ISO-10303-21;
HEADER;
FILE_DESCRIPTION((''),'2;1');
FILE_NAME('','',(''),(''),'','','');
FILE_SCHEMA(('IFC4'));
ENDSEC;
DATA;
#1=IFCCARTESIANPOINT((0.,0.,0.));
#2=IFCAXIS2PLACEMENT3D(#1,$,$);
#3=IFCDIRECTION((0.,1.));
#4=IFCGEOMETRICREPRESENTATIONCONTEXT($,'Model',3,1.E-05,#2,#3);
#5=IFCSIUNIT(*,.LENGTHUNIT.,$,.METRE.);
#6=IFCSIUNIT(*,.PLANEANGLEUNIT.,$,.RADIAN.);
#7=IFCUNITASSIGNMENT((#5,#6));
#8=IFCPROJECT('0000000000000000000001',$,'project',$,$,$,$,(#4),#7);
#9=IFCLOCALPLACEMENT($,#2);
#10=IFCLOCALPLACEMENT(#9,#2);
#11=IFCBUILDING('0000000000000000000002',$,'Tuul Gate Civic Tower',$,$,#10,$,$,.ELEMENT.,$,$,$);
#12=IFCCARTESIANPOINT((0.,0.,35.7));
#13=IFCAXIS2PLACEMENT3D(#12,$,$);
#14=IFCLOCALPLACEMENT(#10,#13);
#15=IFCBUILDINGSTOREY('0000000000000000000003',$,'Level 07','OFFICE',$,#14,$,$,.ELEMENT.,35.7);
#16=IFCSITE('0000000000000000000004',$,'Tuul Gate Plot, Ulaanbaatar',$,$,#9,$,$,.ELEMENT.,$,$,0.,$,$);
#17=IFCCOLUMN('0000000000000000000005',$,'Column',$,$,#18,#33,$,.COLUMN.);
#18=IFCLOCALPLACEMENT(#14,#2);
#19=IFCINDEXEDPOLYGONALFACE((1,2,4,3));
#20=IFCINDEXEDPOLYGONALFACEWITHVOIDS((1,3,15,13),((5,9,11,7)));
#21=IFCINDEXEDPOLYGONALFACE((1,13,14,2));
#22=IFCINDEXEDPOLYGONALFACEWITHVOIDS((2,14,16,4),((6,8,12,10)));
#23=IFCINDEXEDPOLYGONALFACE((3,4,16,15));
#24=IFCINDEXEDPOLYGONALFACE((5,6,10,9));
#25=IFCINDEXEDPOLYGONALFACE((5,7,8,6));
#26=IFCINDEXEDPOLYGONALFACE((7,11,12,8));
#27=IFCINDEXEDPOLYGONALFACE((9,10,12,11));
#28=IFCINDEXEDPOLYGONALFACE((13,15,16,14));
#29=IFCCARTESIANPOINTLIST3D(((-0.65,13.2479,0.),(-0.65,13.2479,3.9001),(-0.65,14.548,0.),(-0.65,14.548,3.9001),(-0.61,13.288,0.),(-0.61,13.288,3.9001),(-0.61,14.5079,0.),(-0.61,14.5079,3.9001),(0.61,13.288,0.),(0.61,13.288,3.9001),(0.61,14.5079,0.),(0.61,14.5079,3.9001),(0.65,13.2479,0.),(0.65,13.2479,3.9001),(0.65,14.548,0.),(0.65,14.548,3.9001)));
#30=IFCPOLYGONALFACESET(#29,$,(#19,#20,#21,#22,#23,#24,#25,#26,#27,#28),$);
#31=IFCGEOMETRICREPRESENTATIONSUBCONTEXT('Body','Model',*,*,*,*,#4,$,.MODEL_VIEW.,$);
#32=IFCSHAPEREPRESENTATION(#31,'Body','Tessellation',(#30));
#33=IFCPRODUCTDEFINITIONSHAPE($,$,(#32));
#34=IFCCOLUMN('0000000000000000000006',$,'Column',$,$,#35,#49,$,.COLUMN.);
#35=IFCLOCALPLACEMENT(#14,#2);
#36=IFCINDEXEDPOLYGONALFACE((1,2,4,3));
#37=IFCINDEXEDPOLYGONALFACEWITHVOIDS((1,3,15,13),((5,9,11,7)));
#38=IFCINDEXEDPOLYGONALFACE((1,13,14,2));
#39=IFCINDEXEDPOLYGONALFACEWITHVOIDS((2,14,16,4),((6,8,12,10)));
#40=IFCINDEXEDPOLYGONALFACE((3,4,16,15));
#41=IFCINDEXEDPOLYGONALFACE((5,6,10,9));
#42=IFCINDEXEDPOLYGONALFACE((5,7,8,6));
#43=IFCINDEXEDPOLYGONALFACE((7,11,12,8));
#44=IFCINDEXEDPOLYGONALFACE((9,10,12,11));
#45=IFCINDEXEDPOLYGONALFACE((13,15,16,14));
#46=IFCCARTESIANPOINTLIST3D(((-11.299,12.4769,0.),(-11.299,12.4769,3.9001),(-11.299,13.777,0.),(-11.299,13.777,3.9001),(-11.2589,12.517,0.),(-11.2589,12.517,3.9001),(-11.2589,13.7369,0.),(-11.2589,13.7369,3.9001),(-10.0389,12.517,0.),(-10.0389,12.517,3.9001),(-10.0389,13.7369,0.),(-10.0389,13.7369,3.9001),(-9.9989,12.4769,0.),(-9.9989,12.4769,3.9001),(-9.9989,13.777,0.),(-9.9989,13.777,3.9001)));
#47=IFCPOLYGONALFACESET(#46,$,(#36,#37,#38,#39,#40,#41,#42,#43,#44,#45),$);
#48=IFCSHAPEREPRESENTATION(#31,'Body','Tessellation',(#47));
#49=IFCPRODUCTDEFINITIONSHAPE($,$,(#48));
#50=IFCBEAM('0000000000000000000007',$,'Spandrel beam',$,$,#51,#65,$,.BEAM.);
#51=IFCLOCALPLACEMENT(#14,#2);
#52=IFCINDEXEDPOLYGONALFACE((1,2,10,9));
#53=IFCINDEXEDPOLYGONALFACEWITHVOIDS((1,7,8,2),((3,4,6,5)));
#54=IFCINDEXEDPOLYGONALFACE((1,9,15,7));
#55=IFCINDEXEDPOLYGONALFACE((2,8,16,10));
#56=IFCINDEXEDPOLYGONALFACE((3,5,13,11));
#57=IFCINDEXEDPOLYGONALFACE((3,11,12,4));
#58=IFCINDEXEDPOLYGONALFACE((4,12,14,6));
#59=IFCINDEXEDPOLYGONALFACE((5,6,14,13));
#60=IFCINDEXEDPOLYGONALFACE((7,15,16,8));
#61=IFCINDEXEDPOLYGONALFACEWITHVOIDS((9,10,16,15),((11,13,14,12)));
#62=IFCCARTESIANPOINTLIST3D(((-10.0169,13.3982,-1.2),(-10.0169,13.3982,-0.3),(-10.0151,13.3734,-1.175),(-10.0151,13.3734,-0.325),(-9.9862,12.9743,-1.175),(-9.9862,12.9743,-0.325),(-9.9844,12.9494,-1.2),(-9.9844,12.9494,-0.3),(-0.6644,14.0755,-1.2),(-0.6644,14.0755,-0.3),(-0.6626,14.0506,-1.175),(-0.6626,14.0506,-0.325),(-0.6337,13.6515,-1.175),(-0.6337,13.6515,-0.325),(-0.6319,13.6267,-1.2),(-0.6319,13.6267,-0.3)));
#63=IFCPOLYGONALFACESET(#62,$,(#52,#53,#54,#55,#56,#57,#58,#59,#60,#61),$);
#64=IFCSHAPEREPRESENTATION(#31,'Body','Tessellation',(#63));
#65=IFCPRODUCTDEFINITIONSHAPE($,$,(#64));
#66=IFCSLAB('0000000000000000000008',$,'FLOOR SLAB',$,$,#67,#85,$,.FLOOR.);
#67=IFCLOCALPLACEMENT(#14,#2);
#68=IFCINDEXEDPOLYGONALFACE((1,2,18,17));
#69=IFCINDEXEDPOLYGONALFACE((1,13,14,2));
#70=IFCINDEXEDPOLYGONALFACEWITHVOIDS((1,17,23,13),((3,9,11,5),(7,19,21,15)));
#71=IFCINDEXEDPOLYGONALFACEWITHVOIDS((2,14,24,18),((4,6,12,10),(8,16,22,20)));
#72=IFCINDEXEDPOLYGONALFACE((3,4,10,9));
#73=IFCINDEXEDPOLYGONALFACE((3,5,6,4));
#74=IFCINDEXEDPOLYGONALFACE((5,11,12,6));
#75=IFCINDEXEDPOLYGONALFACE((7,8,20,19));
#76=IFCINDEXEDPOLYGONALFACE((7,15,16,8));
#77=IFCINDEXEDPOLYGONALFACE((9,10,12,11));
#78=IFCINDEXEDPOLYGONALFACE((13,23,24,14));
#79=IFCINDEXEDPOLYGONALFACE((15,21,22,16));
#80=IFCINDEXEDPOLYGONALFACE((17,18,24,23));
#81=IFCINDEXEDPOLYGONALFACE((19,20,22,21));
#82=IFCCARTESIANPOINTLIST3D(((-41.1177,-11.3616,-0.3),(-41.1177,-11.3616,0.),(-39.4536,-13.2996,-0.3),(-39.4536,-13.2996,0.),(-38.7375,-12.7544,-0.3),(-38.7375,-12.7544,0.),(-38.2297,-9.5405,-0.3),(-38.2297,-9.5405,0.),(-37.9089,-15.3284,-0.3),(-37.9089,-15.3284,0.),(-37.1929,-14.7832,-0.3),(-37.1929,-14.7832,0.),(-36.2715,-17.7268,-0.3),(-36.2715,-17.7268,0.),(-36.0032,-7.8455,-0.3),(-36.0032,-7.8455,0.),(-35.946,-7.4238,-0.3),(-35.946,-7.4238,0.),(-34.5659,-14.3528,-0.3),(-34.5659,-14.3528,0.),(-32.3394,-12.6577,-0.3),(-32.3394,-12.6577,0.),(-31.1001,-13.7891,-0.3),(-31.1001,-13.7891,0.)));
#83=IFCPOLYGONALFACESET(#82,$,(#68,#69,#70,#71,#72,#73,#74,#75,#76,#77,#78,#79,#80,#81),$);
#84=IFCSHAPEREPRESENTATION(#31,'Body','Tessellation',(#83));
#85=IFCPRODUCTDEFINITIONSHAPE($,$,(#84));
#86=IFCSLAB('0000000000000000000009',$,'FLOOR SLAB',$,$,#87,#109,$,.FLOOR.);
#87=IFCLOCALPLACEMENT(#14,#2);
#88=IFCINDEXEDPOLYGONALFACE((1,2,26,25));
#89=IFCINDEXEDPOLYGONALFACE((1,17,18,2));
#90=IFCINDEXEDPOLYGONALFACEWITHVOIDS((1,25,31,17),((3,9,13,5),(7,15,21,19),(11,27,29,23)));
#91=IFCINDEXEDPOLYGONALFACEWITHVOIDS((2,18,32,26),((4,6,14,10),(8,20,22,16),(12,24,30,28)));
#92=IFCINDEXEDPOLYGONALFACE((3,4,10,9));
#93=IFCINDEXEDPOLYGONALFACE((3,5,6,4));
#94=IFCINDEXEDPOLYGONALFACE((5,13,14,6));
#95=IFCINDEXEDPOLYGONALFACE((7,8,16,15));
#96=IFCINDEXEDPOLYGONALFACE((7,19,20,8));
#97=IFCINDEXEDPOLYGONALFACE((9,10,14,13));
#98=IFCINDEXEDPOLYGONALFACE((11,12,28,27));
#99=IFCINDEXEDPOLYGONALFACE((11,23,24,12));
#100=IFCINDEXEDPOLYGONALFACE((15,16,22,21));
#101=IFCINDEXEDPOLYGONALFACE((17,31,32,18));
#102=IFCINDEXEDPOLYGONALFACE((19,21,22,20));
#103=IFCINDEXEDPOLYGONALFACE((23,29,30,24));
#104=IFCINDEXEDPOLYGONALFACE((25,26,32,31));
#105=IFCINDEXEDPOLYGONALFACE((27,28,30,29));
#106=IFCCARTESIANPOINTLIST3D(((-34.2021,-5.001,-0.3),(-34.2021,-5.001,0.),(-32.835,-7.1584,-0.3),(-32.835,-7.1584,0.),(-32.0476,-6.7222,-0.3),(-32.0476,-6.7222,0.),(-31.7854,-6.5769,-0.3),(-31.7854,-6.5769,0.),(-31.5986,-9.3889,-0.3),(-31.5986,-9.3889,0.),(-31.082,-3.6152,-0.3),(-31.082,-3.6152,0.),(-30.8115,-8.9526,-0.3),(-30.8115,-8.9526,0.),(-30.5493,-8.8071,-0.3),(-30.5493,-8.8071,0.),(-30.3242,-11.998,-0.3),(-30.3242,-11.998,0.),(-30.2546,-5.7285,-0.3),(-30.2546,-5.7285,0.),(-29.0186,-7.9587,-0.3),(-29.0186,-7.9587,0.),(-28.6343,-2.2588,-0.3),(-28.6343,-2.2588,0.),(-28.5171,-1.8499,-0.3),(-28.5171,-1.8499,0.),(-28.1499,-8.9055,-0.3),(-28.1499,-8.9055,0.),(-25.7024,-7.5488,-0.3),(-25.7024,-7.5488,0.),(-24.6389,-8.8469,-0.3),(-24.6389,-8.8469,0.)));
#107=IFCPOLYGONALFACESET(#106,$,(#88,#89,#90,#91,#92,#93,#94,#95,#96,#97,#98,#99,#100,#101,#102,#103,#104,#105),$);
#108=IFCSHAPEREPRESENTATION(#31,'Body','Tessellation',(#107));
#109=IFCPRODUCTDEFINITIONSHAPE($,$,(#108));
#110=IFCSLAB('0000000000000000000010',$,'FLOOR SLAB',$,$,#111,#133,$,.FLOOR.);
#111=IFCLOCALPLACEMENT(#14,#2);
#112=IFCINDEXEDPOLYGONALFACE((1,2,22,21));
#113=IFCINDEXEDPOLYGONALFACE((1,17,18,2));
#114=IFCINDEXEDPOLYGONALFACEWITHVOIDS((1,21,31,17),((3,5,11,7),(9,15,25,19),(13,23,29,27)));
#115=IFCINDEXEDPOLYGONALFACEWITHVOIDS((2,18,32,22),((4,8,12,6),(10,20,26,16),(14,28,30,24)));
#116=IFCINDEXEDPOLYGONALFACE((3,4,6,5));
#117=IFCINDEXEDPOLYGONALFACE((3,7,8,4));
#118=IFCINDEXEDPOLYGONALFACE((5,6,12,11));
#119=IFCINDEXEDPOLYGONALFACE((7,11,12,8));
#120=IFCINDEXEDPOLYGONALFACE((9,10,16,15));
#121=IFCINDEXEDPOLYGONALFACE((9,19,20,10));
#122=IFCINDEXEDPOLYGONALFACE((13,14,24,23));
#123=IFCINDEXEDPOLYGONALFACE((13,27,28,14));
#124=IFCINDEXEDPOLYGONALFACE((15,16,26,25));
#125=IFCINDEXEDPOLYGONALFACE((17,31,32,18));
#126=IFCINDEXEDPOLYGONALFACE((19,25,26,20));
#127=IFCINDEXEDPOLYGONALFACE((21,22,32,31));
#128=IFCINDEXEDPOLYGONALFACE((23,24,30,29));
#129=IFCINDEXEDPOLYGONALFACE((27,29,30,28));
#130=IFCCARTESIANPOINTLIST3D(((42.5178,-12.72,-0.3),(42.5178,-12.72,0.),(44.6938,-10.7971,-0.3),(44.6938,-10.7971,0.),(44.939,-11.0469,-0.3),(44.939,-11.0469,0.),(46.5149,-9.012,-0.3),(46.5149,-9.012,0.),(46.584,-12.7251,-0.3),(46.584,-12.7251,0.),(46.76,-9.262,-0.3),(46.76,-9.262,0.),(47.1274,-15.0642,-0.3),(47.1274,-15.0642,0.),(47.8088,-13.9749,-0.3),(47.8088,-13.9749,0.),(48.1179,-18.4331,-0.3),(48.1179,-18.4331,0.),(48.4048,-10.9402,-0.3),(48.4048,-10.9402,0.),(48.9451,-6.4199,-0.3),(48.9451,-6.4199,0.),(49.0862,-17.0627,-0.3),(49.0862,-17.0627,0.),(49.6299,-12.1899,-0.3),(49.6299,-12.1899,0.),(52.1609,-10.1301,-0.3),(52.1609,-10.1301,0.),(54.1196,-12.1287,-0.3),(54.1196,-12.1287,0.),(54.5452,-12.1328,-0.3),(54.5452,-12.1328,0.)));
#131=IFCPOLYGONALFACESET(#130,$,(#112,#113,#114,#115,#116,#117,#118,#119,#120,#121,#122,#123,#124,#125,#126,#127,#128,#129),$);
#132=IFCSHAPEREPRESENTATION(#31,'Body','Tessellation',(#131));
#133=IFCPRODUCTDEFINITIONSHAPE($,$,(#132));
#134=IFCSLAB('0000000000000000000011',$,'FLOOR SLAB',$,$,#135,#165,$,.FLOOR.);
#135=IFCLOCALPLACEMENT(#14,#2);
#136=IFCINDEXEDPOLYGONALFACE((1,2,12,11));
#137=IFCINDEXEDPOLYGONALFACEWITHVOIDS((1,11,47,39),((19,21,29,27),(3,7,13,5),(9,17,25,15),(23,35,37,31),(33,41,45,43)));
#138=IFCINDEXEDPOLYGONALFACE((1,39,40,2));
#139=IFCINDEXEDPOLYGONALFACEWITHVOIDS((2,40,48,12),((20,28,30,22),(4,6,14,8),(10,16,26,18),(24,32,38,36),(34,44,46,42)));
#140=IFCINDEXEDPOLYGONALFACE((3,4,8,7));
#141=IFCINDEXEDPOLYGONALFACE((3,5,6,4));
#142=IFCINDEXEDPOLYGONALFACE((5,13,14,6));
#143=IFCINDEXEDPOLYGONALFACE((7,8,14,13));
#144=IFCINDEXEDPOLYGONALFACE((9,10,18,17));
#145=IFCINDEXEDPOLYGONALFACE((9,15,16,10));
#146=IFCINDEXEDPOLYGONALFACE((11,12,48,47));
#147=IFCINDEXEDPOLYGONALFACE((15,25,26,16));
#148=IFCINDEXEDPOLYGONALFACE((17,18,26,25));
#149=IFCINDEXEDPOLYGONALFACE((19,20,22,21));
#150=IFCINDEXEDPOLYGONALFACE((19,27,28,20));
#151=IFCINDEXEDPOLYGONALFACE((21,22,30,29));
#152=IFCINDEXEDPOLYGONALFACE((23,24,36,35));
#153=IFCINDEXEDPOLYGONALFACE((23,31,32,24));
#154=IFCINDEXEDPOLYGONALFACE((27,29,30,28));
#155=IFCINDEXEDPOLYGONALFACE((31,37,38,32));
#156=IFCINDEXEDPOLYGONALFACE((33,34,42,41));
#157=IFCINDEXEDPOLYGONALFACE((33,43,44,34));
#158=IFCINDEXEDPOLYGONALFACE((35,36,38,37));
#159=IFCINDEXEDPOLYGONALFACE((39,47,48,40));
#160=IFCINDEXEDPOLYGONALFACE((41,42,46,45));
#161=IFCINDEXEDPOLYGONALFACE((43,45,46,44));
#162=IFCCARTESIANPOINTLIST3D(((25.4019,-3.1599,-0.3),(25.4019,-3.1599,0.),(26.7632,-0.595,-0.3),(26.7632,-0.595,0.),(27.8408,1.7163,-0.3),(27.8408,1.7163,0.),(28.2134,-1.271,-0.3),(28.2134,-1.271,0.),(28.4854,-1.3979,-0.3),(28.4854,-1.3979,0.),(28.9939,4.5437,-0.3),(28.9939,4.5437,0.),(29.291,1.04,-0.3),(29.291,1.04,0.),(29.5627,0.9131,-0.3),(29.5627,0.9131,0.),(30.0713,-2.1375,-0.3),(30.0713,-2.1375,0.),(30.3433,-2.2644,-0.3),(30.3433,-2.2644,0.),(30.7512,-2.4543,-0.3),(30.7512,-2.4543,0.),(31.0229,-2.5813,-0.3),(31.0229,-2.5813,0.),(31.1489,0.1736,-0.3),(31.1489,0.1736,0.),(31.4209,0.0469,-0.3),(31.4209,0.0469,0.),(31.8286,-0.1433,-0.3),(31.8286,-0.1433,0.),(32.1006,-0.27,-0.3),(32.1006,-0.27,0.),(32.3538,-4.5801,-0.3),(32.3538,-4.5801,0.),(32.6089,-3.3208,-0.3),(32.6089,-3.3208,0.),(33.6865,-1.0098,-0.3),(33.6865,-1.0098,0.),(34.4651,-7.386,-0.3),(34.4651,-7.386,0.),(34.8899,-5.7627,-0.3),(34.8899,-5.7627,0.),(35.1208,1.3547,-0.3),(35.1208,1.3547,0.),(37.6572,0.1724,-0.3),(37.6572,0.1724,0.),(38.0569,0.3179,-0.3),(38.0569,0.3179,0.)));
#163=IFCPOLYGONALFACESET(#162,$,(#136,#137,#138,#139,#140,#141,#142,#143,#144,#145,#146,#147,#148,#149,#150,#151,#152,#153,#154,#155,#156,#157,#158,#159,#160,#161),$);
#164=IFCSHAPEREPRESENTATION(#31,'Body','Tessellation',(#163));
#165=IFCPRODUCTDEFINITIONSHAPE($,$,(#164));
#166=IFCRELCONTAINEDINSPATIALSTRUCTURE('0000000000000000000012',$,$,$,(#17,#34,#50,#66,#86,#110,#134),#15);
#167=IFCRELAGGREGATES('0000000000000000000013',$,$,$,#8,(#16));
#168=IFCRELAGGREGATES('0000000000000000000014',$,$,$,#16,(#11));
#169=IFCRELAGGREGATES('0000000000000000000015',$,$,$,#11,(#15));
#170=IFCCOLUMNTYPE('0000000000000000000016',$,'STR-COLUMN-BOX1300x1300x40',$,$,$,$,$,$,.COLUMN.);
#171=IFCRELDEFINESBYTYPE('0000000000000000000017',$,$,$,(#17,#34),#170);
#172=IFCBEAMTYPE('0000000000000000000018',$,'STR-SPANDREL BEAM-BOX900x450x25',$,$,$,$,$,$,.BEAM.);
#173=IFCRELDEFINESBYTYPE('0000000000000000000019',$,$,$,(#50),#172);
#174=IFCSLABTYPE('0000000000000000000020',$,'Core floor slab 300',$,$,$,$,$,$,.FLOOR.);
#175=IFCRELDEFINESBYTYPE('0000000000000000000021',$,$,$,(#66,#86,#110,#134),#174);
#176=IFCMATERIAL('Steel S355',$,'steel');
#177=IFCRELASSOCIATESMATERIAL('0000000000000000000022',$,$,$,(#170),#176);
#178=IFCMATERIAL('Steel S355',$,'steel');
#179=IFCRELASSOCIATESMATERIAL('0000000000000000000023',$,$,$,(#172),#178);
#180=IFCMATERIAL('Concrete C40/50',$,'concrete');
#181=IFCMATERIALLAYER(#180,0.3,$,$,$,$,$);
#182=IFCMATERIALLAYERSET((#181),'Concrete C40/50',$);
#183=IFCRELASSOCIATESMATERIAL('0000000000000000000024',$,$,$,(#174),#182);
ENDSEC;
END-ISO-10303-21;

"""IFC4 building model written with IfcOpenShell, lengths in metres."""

from ifc_helpers import new_model, si_unit, direction, frame, origin, origin_2d, place, context, subcontext, project, spatial, polyline, hollow_rectangle, outline, extrude, material, layer, layer_set, material_profile, profile_set, type_object, element, save


model = new_model("IFC4")

# Units and contexts
model_context = context("Model", 3, precision=1e-05, world=origin(), true_north=direction((0.0, 1.0)))
body_context = subcontext(model_context, "Body", "Model", "MODEL_VIEW")
ifc_project = project(units=[si_unit("LENGTHUNIT", "METRE"), si_unit("PLANEANGLEUNIT", "RADIAN")], contexts=[model_context])

# Site, building, storey
site_placement = place(None, origin())
site = spatial("IfcSite", under=ifc_project, at=site_placement, Name="Tuul Gate Plot, Ulaanbaatar", CompositionType="ELEMENT", RefElevation=0.0)
building_placement = place(site_placement, origin())
building = spatial("IfcBuilding", under=site, at=building_placement, Name="Tuul Gate Civic Tower", CompositionType="ELEMENT")
storey_placement = place(building_placement, frame((0.0, 0.0, 35.7)))
storey = spatial("IfcBuildingStorey", under=building, at=storey_placement, Name="Level 07", Description="OFFICE", CompositionType="ELEMENT", Elevation=35.7)

# Columns
ifc_material_1 = material(Name="Steel S355", Category="steel")
ifc_material_profile_1 = material_profile(ifc_material_1, hollow_rectangle(XDim=1.3, YDim=1.3, WallThickness=0.04, at=origin_2d()), Name="BOX1300x1300x40")
ifc_profile_set_1 = profile_set([ifc_material_profile_1], Name="Steel S355")
column_type = type_object("IfcColumnType", Name="STR-COLUMN-BOX1300x1300x40", PredefinedType="COLUMN", material=ifc_profile_set_1)
for number, where, z_axis, x_axis, name in (
    (1, (0.0, 13.8979, 0.0), (0.0, 0.0, 1.0), (1.0, 0.0, 0.0), "Column"),
    (2, (-10.6489, 13.127, 0.0), (0.0, 0.0, 1.0), (1.0, 0.0, 0.0), "Column"),
):
    element("IfcColumn", number, at=place(storey_placement, frame(where, z_axis=z_axis, x_axis=x_axis)), inside=storey, type_object=column_type, Name=name, PredefinedType="COLUMN", context=body_context, shape_type="SweptSolid", body=[
        extrude(hollow_rectangle(XDim=1.3, YDim=1.3, WallThickness=0.04, at=origin_2d()), origin(), (0.0, 0.0, 1.0), 3.9001),
    ])

# Beam
ifc_material_2 = material(Name="Steel S355", Category="steel")
ifc_material_profile_2 = material_profile(ifc_material_2, hollow_rectangle(XDim=0.45, YDim=0.8999, WallThickness=0.0249, at=origin_2d()), Name="BOX900x450x25")
ifc_profile_set_2 = profile_set([ifc_material_profile_2], Name="Steel S355")
beam_type = type_object("IfcBeamType", Name="STR-SPANDREL BEAM-BOX900x450x25", PredefinedType="BEAM", material=ifc_profile_set_2)
beam_placement = place(storey_placement, frame((-0.6482, 13.8511, -0.75), z_axis=(-0.997388, -0.072224, 0.0), x_axis=(0.072224, -0.997388, 0.0)))
element("IfcBeam", 3, at=beam_placement, inside=storey, type_object=beam_type, Name="Spandrel beam", PredefinedType="BEAM", context=body_context, shape_type="SweptSolid", body=[
    extrude(hollow_rectangle(XDim=0.45, YDim=0.8999, WallThickness=0.0249, at=origin_2d()), origin(), (0.0, 0.0, 1.0), 9.377),
])

# Slabs
ifc_material_3 = material(Name="Concrete C40/50", Category="concrete")
ifc_layer_1 = layer(ifc_material_3, 0.3)
ifc_layer_set_1 = layer_set([ifc_layer_1], Name="Concrete C40/50")
slab_type_1 = type_object("IfcSlabType", Name="Core floor slab 300", PredefinedType="FLOOR", material=ifc_layer_set_1)
slab_1_placement = place(storey_placement, frame((0.0, 0.0, -0.3)))
element("IfcSlab", 4, at=slab_1_placement, inside=storey, type_object=slab_type_1, Name="FLOOR SLAB", PredefinedType="FLOOR", context=body_context, shape_type="SweptSolid", body=[
    extrude(outline(polyline([(-31.1001, -13.7891), (-35.946, -7.4238), (-41.1177, -11.3616), (-36.2715, -17.7268), (-31.1001, -13.7891)]), holes=[polyline([(-37.1929, -14.7832), (-38.7375, -12.7544), (-39.4536, -13.2996), (-37.9089, -15.3284), (-37.1929, -14.7832)]), polyline([(-32.3394, -12.6577), (-34.5659, -14.3528), (-38.2297, -9.5405), (-36.0032, -7.8455), (-32.3394, -12.6577)])]), origin(), (0.0, 0.0, 1.0), 0.3),
])
slab_2_placement = place(storey_placement, frame((0.0, 0.0, -0.3)))
element("IfcSlab", 5, at=slab_2_placement, inside=storey, type_object=slab_type_1, Name="FLOOR SLAB", PredefinedType="FLOOR", context=body_context, shape_type="SweptSolid", body=[
    extrude(outline(polyline([(-24.6389, -8.8469), (-28.5171, -1.8499), (-34.2021, -5.001), (-30.3242, -11.998), (-24.6389, -8.8469)]), holes=[polyline([(-29.0186, -7.9587), (-30.2546, -5.7285), (-31.7854, -6.5769), (-30.5493, -8.8071), (-29.0186, -7.9587)]), polyline([(-30.8115, -8.9526), (-32.0476, -6.7222), (-32.835, -7.1584), (-31.5986, -9.3889), (-30.8115, -8.9526)]), polyline([(-25.7024, -7.5488), (-28.1499, -8.9055), (-31.082, -3.6152), (-28.6343, -2.2588), (-25.7024, -7.5488)])]), origin(), (0.0, 0.0, 1.0), 0.3),
])
slab_3_placement = place(storey_placement, frame((0.0, 0.0, -0.3)))
element("IfcSlab", 6, at=slab_3_placement, inside=storey, type_object=slab_type_1, Name="FLOOR SLAB", PredefinedType="FLOOR", context=body_context, shape_type="SweptSolid", body=[
    extrude(outline(polyline([(48.1179, -18.4331), (54.5452, -12.1328), (48.9451, -6.4199), (42.5178, -12.72), (48.1179, -18.4331)]), holes=[polyline([(47.8088, -13.9749), (49.6299, -12.1899), (48.4048, -10.9402), (46.584, -12.7251), (47.8088, -13.9749)]), polyline([(44.939, -11.0469), (46.76, -9.262), (46.5149, -9.012), (44.6938, -10.7971), (44.939, -11.0469)]), polyline([(49.0862, -17.0627), (47.1274, -15.0642), (52.1609, -10.1301), (54.1196, -12.1287), (49.0862, -17.0627)])]), origin(), (0.0, 0.0, 1.0), 0.3),
])
slab_4_placement = place(storey_placement, frame((0.0, 0.0, -0.3)))
element("IfcSlab", 7, at=slab_4_placement, inside=storey, type_object=slab_type_1, Name="FLOOR SLAB", PredefinedType="FLOOR", context=body_context, shape_type="SweptSolid", body=[
    extrude(outline(polyline([(34.4651, -7.386), (38.0569, 0.3179), (28.9939, 4.5437), (25.4019, -3.1599), (34.4651, -7.386)]), holes=[polyline([(32.6089, -3.3208), (33.6865, -1.0098), (32.1006, -0.27), (31.0229, -2.5813), (32.6089, -3.3208)]), polyline([(30.0713, -2.1375), (31.1489, 0.1736), (29.5627, 0.9131), (28.4854, -1.3979), (30.0713, -2.1375)]), polyline([(30.7512, -2.4543), (31.8286, -0.1433), (31.4209, 0.0469), (30.3433, -2.2644), (30.7512, -2.4543)]), polyline([(28.2134, -1.271), (29.291, 1.04), (27.8408, 1.7163), (26.7632, -0.595), (28.2134, -1.271)]), polyline([(34.8899, -5.7627), (32.3538, -4.5801), (35.1208, 1.3547), (37.6572, 0.1724), (34.8899, -5.7627)])]), origin(), (0.0, 0.0, 1.0), 0.3),
])

save(model, "model.ifc")
